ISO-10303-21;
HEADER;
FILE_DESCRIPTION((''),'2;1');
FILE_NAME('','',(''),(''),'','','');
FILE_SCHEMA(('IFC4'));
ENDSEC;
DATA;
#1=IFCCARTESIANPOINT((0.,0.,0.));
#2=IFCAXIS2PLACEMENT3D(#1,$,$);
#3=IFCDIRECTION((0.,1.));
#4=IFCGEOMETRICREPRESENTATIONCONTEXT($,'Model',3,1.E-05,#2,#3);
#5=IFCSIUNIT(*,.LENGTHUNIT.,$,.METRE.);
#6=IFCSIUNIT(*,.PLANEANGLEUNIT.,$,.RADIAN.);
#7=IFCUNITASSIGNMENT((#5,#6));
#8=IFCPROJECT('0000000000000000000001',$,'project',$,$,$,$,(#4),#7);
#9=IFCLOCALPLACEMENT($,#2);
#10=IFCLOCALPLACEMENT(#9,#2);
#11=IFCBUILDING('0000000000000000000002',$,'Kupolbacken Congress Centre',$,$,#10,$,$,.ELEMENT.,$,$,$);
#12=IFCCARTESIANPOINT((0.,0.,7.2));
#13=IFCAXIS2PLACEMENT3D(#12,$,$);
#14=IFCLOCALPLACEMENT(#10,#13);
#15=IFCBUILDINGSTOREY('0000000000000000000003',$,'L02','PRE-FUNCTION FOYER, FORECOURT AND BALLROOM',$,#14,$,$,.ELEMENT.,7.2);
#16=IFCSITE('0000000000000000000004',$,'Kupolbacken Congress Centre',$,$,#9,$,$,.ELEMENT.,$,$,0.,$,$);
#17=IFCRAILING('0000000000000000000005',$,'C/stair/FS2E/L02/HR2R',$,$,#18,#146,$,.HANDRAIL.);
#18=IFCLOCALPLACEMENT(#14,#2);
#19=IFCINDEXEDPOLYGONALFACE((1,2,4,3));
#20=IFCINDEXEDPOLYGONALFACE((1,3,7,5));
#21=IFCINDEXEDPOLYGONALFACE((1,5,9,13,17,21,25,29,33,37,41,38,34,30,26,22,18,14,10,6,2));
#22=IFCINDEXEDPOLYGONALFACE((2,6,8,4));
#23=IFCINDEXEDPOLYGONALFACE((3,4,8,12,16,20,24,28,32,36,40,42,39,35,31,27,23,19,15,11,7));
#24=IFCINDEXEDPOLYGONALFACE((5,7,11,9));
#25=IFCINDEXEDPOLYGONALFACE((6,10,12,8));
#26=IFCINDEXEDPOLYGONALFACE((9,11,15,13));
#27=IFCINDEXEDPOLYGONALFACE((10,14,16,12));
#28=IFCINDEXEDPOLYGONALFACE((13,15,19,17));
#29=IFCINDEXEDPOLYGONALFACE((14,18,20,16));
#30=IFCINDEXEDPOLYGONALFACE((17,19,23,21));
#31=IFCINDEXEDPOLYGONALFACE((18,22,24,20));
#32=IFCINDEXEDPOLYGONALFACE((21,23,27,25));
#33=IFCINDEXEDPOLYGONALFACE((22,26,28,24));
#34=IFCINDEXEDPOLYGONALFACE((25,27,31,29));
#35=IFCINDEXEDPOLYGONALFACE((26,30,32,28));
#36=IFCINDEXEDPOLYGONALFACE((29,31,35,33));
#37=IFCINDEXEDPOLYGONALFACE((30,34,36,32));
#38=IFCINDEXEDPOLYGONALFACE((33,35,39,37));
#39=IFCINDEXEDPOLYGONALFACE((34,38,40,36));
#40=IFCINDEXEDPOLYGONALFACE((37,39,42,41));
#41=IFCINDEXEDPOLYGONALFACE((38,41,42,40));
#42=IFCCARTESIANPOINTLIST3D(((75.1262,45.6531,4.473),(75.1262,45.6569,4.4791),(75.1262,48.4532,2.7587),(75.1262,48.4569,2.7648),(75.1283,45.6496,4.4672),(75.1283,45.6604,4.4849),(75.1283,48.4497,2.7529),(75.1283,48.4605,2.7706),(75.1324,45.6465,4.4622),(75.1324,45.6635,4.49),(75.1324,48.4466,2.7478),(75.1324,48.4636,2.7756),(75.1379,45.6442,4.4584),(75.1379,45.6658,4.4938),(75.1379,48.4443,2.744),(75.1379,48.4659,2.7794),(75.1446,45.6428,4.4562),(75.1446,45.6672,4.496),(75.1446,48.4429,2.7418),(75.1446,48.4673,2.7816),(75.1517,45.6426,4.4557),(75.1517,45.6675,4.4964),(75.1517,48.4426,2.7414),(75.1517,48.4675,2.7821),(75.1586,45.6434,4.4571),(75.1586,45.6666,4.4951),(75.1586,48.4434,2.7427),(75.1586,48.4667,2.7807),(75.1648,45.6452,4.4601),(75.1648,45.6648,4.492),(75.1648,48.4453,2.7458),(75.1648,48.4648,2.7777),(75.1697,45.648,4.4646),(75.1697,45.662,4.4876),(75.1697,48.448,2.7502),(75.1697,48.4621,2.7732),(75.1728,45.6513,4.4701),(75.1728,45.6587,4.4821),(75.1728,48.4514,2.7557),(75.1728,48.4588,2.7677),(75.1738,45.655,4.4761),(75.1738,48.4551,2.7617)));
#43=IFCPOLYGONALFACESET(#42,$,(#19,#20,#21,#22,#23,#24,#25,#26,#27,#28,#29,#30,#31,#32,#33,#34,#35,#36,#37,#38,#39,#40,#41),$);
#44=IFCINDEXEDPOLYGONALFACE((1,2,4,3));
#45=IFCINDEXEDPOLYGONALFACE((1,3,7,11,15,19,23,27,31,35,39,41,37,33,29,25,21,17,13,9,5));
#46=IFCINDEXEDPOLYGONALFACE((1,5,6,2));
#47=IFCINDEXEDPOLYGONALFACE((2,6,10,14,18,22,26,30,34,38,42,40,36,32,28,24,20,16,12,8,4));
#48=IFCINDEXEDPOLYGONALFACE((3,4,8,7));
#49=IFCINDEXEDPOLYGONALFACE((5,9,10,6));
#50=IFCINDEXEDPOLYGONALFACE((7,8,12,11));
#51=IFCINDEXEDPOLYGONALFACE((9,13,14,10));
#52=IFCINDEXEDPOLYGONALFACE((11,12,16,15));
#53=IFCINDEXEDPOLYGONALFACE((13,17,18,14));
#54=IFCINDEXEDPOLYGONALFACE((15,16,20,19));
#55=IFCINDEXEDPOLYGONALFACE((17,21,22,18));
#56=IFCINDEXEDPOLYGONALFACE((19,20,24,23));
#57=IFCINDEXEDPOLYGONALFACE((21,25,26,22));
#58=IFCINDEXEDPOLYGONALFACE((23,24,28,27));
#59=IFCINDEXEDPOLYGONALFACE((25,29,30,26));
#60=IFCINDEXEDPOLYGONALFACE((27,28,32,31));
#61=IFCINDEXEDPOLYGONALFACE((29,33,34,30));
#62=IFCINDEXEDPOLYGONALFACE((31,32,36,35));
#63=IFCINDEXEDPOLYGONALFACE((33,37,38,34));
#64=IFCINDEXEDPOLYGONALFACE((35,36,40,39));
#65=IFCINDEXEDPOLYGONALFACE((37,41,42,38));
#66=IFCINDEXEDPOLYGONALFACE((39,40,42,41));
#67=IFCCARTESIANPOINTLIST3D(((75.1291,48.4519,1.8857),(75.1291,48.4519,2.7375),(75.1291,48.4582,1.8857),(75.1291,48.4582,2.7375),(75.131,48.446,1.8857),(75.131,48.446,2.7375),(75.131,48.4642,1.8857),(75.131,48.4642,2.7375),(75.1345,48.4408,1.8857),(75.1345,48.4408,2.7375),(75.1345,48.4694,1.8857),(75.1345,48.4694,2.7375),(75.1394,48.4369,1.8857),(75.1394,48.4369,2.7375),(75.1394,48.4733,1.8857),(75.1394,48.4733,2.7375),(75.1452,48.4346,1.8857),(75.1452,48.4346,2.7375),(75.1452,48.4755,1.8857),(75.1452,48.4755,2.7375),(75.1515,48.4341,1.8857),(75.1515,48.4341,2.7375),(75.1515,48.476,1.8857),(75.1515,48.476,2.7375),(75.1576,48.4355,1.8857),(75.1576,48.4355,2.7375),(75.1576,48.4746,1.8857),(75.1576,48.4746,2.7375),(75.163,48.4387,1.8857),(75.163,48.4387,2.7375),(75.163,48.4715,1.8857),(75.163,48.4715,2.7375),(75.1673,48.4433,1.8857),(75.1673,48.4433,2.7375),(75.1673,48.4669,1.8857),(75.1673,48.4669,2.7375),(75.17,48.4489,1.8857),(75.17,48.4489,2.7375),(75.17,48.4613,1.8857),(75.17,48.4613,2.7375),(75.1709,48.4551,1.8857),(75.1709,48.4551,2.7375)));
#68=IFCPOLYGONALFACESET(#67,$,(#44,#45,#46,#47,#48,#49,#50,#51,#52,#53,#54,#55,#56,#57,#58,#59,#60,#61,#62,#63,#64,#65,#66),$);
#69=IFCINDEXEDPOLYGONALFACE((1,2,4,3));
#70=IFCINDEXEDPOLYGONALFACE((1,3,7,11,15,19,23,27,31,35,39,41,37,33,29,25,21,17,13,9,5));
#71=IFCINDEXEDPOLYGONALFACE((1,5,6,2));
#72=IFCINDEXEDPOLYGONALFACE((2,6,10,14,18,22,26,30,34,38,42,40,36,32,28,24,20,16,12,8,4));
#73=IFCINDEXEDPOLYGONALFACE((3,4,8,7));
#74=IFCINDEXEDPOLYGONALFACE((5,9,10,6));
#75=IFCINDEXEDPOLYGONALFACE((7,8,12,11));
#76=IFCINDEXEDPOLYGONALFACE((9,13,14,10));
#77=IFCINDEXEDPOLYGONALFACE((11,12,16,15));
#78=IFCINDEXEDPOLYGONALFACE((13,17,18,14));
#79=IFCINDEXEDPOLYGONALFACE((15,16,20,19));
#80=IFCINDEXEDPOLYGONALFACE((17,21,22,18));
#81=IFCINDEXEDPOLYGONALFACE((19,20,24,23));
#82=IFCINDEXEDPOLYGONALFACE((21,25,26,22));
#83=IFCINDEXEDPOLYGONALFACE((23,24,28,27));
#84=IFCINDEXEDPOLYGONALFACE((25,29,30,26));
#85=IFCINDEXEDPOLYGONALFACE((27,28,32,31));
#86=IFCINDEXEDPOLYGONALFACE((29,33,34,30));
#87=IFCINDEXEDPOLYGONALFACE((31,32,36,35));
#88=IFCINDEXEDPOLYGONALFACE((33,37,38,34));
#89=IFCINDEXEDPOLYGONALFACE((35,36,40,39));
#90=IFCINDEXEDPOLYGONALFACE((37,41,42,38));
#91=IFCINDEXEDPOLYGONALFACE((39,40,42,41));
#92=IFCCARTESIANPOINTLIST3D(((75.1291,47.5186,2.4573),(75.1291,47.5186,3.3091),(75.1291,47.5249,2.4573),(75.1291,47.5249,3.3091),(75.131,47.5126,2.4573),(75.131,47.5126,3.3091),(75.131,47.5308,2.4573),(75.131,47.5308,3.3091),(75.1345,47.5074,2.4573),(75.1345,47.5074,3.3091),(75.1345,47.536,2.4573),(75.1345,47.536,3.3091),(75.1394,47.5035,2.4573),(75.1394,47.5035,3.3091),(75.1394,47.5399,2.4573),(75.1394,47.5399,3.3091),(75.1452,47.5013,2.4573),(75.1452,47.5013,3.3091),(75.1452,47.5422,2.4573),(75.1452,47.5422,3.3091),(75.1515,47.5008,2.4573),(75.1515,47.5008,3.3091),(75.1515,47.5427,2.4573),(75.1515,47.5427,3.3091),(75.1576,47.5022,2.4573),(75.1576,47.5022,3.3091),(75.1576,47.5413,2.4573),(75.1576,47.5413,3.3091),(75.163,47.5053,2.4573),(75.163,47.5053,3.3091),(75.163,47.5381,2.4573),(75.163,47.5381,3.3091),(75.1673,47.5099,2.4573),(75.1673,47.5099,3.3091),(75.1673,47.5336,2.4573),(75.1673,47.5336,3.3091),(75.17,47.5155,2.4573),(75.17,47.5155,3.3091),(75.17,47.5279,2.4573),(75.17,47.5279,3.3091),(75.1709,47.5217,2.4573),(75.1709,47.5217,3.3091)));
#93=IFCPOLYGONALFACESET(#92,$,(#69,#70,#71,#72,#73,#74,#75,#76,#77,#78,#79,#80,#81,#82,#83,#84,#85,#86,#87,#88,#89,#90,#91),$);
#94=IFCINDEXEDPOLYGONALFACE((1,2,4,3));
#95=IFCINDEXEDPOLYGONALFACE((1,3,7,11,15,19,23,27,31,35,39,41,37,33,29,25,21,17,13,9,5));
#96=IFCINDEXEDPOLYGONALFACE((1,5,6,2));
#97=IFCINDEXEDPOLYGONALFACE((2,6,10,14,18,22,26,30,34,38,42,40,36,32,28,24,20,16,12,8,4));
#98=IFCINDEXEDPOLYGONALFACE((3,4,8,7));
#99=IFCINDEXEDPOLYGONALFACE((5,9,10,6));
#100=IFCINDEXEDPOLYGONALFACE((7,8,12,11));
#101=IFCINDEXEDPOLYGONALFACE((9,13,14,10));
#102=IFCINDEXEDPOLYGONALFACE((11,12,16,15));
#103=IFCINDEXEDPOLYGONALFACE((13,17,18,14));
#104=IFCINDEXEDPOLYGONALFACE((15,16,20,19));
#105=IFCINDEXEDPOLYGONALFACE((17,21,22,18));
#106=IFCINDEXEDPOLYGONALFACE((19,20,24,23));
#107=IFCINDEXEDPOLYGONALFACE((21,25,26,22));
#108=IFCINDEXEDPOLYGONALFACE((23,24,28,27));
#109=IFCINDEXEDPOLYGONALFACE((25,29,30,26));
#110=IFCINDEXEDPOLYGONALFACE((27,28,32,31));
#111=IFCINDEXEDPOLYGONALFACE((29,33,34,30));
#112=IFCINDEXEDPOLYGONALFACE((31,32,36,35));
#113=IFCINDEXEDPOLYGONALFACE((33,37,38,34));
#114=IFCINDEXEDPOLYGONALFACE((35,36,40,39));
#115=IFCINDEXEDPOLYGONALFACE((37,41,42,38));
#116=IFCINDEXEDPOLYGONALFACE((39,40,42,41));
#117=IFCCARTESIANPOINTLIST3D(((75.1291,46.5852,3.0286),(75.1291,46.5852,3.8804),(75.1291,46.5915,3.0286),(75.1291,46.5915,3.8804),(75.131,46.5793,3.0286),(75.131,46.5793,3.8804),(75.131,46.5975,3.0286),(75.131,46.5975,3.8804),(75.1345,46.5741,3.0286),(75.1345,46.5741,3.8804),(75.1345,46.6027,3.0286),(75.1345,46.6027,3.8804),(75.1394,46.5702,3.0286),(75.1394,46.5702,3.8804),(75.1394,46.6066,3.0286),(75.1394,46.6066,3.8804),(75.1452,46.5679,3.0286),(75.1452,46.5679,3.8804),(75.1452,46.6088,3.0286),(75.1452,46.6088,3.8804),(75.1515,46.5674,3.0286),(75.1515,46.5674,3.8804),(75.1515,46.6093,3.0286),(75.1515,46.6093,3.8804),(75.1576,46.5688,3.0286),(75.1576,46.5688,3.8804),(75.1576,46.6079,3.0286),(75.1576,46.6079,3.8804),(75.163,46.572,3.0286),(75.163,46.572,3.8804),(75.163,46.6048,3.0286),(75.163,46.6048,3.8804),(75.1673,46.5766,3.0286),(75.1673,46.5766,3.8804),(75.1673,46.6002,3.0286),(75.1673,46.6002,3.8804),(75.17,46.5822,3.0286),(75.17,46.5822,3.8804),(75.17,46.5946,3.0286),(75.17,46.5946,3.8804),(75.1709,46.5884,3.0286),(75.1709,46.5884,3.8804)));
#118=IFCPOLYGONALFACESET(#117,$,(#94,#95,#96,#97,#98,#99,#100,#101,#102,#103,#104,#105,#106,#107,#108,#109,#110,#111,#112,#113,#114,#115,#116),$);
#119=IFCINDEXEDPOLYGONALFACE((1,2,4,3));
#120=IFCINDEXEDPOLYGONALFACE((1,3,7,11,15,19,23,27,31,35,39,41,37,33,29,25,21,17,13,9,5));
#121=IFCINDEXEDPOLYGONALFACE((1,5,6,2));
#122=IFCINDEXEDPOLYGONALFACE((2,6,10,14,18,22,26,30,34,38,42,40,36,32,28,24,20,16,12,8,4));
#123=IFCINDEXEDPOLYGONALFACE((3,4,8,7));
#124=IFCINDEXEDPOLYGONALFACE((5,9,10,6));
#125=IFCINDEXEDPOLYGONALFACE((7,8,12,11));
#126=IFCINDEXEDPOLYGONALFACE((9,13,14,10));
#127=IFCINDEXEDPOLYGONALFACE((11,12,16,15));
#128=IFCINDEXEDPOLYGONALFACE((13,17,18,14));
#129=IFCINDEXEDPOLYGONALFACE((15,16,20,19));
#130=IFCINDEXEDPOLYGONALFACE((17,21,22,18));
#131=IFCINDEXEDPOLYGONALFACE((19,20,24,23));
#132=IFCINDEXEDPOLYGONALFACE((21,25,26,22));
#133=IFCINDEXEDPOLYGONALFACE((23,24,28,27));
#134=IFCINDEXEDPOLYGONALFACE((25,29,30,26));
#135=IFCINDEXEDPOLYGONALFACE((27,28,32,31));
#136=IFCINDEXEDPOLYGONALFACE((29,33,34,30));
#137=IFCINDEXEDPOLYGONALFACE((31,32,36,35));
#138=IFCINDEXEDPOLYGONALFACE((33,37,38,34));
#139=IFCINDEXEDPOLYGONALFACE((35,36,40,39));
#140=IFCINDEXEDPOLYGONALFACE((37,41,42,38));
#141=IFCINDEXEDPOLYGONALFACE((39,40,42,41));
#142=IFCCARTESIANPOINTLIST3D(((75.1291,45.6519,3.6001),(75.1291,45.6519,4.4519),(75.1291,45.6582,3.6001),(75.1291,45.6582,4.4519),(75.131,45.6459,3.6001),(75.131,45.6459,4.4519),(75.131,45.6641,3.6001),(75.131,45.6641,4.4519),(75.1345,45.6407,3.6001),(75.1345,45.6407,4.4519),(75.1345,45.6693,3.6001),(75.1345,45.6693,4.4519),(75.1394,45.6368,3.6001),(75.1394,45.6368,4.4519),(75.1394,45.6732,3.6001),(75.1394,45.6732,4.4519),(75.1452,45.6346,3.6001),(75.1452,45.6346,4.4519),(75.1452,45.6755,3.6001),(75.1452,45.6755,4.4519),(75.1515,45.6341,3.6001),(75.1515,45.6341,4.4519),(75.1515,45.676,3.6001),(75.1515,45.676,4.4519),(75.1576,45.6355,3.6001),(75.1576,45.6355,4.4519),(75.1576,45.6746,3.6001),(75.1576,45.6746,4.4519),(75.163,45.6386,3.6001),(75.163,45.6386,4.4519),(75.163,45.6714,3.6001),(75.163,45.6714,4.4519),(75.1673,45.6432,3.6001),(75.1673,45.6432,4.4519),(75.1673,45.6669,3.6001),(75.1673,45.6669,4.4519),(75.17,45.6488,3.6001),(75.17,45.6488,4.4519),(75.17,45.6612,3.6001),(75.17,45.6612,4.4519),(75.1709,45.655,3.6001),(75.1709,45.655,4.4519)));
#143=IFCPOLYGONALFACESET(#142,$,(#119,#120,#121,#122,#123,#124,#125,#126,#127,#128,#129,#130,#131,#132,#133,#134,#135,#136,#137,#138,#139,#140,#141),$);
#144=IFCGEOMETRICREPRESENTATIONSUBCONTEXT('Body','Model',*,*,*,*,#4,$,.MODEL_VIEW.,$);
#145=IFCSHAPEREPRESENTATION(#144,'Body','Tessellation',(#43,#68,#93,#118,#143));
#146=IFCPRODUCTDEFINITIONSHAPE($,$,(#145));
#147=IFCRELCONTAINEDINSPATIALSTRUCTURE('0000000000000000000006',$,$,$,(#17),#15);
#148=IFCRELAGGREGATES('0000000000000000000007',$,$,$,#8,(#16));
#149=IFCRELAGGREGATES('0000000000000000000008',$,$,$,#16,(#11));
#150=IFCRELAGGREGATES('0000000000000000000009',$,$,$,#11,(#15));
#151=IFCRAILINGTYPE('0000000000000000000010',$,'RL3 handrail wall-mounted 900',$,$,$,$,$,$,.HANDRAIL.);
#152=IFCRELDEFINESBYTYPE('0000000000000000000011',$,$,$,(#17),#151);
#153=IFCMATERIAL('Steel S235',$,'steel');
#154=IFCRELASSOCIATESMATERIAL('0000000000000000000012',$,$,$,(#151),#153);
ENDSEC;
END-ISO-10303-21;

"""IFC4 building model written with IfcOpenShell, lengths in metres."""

from ifc_helpers import new_model, si_unit, direction, frame, origin, origin_2d, place, context, subcontext, project, spatial, circle, extrude, material, type_object, element, save


model = new_model("IFC4")

# Units and contexts
model_context = context("Model", 3, precision=1e-05, world=origin(), true_north=direction((0.0, 1.0)))
body_context = subcontext(model_context, "Body", "Model", "MODEL_VIEW")
ifc_project = project(units=[si_unit("LENGTHUNIT", "METRE"), si_unit("PLANEANGLEUNIT", "RADIAN")], contexts=[model_context])

# Site, building, storey
site_placement = place(None, origin())
site = spatial("IfcSite", under=ifc_project, at=site_placement, Name="Kupolbacken Congress Centre", CompositionType="ELEMENT", RefElevation=0.0)
building_placement = place(site_placement, origin())
building = spatial("IfcBuilding", under=site, at=building_placement, Name="Kupolbacken Congress Centre", CompositionType="ELEMENT")
storey_placement = place(building_placement, frame((0.0, 0.0, 7.2)))
storey = spatial("IfcBuildingStorey", under=building, at=storey_placement, Name="L02", Description="PRE-FUNCTION FOYER, FORECOURT AND BALLROOM", CompositionType="ELEMENT", Elevation=7.2)

# Railing
ifc_material_1 = material(Name="Steel S235", Category="steel")
railing_type = type_object("IfcRailingType", Name="RL3 handrail wall-mounted 900", PredefinedType="HANDRAIL", material=ifc_material_1)
railing_1_placement = place(storey_placement, frame((75.1499, 48.4551, 1.8857)))
element("IfcRailing", 1, at=railing_1_placement, inside=storey, type_object=railing_type, Name="C/stair/FS2E/L02/HR2R", PredefinedType="HANDRAIL", context=body_context, shape_type="SweptSolid", body=[
    extrude(circle(Radius=0.0239, at=origin_2d()), frame((0.0, 0.0, 0.876), z_axis=(0.0, -0.852846, 0.522163), x_axis=(1.0, 0.0, 0.0)), (0.0, 0.0, 1.0), 3.2832),
    extrude(circle(Radius=0.021, at=origin_2d()), origin(), (0.0, 0.0, 1.0), 0.8518),
    extrude(circle(Radius=0.021, at=origin_2d()), frame((0.0, -0.9333, 0.5715)), (0.0, 0.0, 1.0), 0.8518),
    extrude(circle(Radius=0.021, at=origin_2d()), frame((0.0, -1.8667, 1.1428)), (0.0, 0.0, 1.0), 0.8518),
    extrude(circle(Radius=0.021, at=origin_2d()), frame((0.0, -2.8, 1.7144)), (0.0, 0.0, 1.0), 0.8518),
])

save(model, "model.ifc")
